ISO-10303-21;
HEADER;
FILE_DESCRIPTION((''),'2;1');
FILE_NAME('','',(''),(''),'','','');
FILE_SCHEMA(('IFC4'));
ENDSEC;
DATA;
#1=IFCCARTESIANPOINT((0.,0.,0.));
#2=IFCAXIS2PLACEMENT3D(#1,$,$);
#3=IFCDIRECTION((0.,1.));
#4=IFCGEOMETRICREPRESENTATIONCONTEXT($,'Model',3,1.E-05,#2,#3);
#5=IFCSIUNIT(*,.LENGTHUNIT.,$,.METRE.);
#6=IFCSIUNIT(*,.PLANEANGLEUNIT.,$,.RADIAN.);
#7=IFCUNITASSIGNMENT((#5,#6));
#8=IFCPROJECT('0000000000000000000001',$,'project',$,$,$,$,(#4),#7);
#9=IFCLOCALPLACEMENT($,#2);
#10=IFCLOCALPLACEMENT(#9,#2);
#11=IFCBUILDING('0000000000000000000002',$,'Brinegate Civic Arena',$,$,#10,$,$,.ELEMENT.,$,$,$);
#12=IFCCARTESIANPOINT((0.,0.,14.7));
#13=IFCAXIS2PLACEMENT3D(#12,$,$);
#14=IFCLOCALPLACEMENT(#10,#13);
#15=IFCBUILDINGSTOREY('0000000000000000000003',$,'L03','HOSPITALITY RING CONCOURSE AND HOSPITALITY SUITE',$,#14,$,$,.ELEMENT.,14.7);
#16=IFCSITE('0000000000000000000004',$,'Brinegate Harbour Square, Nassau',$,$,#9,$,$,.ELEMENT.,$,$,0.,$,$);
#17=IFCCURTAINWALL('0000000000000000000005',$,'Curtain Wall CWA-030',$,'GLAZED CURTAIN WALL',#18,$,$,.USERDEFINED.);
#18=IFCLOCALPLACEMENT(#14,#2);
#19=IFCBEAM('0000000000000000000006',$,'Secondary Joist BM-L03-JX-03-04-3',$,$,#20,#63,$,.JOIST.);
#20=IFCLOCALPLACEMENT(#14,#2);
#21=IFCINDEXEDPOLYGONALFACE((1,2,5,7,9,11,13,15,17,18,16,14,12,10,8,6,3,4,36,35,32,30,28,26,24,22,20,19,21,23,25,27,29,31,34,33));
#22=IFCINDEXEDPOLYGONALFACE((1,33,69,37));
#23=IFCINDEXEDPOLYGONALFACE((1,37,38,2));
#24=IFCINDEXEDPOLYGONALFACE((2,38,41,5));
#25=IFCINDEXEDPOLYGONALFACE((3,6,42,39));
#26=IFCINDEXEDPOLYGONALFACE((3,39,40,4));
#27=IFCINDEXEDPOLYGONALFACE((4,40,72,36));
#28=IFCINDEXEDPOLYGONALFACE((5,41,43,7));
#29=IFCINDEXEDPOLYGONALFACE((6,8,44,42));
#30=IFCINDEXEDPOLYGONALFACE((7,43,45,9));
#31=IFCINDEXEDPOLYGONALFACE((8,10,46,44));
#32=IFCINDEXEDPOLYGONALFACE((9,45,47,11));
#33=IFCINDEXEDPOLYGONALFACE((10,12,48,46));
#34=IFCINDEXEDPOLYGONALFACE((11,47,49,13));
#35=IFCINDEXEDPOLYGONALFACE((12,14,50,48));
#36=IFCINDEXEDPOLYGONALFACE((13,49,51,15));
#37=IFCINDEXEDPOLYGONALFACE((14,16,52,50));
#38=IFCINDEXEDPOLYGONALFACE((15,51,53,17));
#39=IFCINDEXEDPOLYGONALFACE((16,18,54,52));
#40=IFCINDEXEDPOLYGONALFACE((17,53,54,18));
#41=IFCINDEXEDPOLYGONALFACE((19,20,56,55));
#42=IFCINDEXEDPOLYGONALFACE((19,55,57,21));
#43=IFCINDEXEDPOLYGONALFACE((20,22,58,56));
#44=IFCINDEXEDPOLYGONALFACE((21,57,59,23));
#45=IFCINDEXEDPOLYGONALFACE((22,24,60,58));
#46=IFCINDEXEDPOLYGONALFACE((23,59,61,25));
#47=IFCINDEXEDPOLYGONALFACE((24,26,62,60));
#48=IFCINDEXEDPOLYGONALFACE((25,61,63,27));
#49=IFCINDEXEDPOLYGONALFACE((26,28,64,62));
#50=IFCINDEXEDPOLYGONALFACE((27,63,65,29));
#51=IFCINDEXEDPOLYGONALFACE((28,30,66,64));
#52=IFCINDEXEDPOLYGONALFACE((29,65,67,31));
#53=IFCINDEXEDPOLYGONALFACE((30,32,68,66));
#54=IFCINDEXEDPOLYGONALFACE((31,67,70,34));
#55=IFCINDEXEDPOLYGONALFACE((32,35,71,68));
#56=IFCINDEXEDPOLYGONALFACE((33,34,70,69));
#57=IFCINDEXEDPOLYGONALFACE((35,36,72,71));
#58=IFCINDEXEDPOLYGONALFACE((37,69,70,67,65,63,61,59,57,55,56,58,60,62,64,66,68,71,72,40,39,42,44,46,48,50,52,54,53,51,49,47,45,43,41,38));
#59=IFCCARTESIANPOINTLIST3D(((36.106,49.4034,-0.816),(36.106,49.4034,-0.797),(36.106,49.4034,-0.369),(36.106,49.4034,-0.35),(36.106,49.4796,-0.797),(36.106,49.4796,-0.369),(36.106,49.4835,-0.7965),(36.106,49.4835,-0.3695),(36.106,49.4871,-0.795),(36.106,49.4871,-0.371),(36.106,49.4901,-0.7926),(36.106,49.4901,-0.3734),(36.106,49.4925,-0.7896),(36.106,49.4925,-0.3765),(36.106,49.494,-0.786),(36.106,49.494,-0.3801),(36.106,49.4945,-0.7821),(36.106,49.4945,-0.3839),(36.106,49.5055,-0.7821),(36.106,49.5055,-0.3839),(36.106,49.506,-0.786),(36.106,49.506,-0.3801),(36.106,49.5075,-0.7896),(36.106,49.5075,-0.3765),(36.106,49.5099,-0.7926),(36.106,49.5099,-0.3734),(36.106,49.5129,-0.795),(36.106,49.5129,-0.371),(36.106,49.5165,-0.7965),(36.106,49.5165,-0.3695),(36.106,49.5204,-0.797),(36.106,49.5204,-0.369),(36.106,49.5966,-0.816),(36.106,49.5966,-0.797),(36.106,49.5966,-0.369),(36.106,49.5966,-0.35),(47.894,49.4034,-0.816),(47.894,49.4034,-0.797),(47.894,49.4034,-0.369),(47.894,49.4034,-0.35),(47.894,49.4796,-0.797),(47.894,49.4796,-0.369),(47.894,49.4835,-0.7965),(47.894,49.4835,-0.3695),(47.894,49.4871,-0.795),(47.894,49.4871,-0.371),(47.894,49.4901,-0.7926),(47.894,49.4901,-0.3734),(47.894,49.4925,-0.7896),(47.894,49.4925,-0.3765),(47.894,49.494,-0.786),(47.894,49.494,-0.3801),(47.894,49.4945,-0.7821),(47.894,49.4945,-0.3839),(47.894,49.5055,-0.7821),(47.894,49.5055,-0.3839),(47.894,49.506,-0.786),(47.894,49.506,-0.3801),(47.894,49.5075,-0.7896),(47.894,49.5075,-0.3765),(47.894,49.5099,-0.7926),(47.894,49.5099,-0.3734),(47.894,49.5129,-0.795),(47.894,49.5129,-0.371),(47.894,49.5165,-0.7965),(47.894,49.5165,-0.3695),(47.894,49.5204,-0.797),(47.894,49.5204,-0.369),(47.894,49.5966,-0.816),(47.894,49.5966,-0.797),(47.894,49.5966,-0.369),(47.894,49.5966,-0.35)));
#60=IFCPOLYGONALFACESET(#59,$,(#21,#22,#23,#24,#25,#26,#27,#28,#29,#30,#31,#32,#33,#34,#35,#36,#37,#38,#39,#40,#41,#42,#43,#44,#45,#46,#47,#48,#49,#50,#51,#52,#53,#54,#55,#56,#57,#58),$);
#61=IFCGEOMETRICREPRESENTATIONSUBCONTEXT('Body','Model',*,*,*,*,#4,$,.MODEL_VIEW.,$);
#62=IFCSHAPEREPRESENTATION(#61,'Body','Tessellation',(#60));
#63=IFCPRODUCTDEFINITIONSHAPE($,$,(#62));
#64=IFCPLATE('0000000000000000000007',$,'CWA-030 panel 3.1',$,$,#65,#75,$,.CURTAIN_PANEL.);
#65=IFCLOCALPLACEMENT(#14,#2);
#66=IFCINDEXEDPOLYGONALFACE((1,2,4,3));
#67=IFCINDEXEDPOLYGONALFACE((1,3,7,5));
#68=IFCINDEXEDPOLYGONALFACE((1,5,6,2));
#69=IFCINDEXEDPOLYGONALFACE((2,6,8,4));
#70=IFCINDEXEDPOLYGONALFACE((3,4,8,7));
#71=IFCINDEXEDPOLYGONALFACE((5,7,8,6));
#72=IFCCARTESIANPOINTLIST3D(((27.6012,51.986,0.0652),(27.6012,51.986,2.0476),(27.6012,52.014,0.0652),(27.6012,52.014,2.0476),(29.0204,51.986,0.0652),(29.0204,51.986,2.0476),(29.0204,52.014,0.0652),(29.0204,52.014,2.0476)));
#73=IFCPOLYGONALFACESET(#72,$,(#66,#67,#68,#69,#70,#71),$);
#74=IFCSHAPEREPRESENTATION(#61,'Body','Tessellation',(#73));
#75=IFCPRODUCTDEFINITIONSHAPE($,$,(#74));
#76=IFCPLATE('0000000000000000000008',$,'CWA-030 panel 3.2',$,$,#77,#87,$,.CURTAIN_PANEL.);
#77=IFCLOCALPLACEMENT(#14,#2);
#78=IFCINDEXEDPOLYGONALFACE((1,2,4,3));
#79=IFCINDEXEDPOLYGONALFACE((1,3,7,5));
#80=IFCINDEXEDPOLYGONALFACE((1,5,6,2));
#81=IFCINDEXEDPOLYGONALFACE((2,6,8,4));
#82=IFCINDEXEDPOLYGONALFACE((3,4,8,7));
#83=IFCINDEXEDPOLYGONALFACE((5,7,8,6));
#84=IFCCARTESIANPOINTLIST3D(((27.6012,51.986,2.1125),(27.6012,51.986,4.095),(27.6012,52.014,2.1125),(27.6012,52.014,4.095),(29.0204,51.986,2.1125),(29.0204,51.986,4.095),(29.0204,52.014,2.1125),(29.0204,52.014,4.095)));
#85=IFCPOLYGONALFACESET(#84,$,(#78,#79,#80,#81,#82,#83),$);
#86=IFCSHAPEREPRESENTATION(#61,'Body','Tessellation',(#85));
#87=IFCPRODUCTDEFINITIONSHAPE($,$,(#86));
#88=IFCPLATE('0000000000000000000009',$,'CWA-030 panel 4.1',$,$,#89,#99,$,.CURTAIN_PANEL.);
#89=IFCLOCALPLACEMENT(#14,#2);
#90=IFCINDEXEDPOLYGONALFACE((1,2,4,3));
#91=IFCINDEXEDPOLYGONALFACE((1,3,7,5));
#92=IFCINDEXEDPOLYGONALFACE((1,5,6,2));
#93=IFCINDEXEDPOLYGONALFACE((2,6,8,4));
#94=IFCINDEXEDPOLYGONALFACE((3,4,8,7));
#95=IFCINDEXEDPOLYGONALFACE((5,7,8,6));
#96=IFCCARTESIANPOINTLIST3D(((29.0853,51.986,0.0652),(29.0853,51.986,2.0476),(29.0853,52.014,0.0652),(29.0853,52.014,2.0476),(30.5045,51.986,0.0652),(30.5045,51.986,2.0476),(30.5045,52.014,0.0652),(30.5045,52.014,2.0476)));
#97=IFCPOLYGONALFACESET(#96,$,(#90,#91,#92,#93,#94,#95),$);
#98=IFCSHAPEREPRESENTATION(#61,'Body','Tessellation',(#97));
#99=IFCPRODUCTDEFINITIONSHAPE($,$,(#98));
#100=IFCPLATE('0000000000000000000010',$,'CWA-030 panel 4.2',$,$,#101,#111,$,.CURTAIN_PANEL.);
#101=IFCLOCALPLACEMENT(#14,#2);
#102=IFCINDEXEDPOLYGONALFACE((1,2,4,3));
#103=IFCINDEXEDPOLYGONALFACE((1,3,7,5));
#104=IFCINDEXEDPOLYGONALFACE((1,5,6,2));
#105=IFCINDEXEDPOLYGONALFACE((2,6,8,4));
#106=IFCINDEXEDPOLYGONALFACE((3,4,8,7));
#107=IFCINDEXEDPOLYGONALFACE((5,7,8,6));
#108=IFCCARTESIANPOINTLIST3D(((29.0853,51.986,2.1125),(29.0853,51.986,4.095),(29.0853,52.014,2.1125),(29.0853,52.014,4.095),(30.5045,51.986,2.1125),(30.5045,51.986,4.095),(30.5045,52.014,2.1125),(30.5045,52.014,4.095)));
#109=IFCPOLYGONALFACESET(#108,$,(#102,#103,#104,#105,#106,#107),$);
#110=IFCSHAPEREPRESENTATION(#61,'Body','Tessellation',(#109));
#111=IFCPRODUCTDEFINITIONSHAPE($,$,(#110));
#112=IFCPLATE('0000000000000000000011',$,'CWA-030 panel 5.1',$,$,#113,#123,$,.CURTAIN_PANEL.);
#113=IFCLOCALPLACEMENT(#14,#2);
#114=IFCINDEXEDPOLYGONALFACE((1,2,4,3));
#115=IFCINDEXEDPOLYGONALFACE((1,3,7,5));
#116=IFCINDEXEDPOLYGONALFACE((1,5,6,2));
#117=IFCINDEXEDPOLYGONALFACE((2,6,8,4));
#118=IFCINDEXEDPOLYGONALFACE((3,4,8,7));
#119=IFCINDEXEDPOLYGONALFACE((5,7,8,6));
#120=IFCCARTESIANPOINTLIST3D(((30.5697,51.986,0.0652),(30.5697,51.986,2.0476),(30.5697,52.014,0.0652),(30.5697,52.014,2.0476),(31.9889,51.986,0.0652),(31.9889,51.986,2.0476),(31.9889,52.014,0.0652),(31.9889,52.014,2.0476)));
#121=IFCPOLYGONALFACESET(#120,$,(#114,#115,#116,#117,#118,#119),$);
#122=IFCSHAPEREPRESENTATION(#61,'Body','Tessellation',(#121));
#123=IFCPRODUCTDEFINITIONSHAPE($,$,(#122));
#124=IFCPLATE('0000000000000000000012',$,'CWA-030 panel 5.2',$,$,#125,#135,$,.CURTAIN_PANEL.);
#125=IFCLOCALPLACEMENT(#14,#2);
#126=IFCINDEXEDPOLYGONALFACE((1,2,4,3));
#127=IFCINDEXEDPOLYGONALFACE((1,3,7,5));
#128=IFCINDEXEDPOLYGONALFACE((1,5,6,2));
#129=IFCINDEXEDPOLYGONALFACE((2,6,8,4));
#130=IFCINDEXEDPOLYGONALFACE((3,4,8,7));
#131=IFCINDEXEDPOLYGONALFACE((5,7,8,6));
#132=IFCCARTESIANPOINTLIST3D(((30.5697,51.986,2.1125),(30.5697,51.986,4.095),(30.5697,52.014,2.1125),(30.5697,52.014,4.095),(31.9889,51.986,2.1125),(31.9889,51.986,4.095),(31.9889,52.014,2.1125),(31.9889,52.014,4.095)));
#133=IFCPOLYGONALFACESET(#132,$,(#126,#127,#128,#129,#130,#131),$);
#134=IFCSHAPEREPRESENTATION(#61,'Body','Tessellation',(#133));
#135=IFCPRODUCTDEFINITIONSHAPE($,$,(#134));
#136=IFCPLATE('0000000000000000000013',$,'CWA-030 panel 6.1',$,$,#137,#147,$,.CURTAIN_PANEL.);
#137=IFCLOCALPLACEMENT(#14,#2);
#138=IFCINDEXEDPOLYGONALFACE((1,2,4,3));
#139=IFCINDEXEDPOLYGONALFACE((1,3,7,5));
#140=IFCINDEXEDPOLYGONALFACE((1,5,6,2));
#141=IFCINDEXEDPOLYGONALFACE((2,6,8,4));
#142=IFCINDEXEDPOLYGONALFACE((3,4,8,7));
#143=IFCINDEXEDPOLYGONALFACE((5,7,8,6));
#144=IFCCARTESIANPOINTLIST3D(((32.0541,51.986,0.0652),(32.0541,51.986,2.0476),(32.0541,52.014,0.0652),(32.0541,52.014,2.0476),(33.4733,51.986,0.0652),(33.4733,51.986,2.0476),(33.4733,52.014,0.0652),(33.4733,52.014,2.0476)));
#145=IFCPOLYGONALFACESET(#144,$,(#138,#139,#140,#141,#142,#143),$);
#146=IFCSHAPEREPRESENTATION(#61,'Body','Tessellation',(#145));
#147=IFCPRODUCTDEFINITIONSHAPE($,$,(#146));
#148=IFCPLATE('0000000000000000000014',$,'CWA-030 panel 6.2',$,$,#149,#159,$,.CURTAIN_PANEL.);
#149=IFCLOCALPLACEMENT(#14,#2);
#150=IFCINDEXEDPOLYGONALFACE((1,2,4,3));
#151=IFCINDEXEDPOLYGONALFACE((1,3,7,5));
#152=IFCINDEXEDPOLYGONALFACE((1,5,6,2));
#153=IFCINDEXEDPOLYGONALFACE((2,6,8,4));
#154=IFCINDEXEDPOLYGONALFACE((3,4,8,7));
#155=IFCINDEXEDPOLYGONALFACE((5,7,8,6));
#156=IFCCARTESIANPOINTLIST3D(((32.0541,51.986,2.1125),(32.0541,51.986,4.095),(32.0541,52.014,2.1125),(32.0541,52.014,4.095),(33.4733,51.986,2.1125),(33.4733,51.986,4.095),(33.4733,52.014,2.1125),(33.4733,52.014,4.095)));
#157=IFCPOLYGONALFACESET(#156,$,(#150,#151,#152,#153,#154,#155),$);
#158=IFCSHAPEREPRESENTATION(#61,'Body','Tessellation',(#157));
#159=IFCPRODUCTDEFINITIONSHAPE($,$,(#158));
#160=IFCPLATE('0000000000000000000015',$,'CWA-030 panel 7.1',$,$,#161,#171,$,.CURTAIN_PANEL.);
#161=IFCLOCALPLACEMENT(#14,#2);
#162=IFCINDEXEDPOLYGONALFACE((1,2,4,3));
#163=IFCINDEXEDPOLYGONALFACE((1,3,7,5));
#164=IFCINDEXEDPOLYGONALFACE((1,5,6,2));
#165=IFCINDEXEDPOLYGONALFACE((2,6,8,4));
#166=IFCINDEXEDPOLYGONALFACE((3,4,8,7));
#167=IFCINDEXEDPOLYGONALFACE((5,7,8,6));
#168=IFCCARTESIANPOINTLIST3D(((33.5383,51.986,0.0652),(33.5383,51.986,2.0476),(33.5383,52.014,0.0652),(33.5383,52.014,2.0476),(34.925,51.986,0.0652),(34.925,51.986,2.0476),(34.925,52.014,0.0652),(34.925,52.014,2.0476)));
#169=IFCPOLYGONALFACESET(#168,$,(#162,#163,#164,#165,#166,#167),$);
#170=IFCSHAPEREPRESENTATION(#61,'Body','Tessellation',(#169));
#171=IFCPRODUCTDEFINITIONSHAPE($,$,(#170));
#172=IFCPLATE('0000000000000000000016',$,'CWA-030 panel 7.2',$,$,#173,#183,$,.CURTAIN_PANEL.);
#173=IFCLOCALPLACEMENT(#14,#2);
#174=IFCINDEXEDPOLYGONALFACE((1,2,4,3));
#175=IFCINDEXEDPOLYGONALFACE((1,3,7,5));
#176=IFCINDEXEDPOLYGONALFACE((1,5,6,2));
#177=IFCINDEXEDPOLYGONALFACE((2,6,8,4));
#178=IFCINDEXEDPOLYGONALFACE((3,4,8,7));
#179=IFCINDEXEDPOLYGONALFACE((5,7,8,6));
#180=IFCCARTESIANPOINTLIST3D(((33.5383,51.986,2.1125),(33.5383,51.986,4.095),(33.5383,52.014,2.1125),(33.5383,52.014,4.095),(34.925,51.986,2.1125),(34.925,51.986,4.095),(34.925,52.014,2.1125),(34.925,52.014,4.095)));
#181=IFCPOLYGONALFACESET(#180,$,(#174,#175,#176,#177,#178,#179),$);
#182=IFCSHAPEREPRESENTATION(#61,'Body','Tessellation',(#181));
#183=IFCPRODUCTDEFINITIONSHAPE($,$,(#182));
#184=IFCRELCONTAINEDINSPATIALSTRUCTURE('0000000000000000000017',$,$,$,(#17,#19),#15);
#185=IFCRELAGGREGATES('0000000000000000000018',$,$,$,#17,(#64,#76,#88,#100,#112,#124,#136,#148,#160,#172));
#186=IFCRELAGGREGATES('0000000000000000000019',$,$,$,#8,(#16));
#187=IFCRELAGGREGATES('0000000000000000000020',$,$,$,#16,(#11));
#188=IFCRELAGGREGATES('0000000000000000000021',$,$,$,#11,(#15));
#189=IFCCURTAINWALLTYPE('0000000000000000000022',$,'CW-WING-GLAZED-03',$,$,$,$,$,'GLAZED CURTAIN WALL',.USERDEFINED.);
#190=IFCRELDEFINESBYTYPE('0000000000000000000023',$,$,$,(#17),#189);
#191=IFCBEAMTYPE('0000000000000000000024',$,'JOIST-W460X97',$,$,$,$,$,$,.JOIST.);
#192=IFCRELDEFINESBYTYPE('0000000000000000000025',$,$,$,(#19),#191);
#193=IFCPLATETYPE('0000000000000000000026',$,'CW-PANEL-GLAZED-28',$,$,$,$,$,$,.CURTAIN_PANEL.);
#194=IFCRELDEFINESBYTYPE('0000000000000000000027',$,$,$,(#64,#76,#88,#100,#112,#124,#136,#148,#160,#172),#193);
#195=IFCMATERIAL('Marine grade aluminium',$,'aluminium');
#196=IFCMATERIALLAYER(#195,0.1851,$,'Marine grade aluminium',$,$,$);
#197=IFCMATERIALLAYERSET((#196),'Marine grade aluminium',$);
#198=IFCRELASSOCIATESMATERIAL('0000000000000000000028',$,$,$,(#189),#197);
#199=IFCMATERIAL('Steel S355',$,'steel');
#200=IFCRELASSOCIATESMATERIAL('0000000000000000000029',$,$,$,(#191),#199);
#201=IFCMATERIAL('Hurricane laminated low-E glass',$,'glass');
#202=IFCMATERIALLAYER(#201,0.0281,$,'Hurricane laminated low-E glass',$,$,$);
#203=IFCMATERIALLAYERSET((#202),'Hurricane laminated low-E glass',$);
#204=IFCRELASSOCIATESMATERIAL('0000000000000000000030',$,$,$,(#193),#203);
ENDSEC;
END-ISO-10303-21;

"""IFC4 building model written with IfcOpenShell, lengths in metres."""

from ifc_helpers import new_model, si_unit, direction, frame, origin, origin_2d, place, context, subcontext, project, spatial, rectangle, i_section, extrude, material, layer, layer_set, material_profile, profile_set, type_object, element, aggregate, save


model = new_model("IFC4")

# Units and contexts
model_context = context("Model", 3, precision=1e-05, world=origin(), true_north=direction((0.0, 1.0)))
body_context = subcontext(model_context, "Body", "Model", "MODEL_VIEW")
ifc_project = project(units=[si_unit("LENGTHUNIT", "METRE"), si_unit("PLANEANGLEUNIT", "RADIAN")], contexts=[model_context])

# Site, building, storey
site_placement = place(None, origin())
site = spatial("IfcSite", under=ifc_project, at=site_placement, Name="Brinegate Harbour Square, Nassau", CompositionType="ELEMENT", RefElevation=0.0)
building_placement = place(site_placement, origin())
building = spatial("IfcBuilding", under=site, at=building_placement, Name="Brinegate Civic Arena", CompositionType="ELEMENT")
storey_placement = place(building_placement, frame((0.0, 0.0, 14.7)))
storey = spatial("IfcBuildingStorey", under=building, at=storey_placement, Name="L03", Description="HOSPITALITY RING CONCOURSE AND HOSPITALITY SUITE", CompositionType="ELEMENT", Elevation=14.7)

# Curtain wall
ifc_material_1 = material(Name="Marine grade aluminium", Category="aluminium")
ifc_layer_1 = layer(ifc_material_1, 0.1851, Name="Marine grade aluminium")
ifc_layer_set_1 = layer_set([ifc_layer_1], Name="Marine grade aluminium")
curtain_wall_type = type_object("IfcCurtainWallType", Name="CW-WING-GLAZED-03", ElementType="GLAZED CURTAIN WALL", PredefinedType="USERDEFINED", material=ifc_layer_set_1)
curtain_wall_1_placement = place(storey_placement, origin())
curtain_wall_1 = element("IfcCurtainWall", 1, at=curtain_wall_1_placement, inside=storey, type_object=curtain_wall_type, Name="Curtain Wall CWA-030", ObjectType="GLAZED CURTAIN WALL", PredefinedType="USERDEFINED")

# Beam
ifc_material_2 = material(Name="Steel S355", Category="steel")
ifc_material_profile_1 = material_profile(ifc_material_2, i_section(OverallWidth=0.1931, OverallDepth=0.4661, WebThickness=0.011, FlangeThickness=0.019, FilletRadius=0.0149, at=origin_2d()), Name="W460X97")
ifc_profile_set_1 = profile_set([ifc_material_profile_1], Name="Steel S355")
beam_type_1 = type_object("IfcBeamType", Name="JOIST-W460X97", PredefinedType="JOIST", material=ifc_profile_set_1)
beam_1_placement = place(storey_placement, frame((36.106, 49.5, -0.583), z_axis=(1.0, 0.0, 0.0), x_axis=(0.0, 1.0, 0.0)))
element("IfcBeam", 2, at=beam_1_placement, inside=storey, type_object=beam_type_1, Name="Secondary Joist BM-L03-JX-03-04-3", PredefinedType="JOIST", context=body_context, shape_type="SweptSolid", body=[
    extrude(i_section(OverallWidth=0.1931, OverallDepth=0.4661, WebThickness=0.011, FlangeThickness=0.019, FilletRadius=0.0149, at=origin_2d()), origin(), (0.0, 0.0, 1.0), 11.7881),
])

# Plates
ifc_material_3 = material(Name="Hurricane laminated low-E glass", Category="glass")
ifc_layer_2 = layer(ifc_material_3, 0.0281, Name="Hurricane laminated low-E glass")
ifc_layer_set_2 = layer_set([ifc_layer_2], Name="Hurricane laminated low-E glass")
plate_type = type_object("IfcPlateType", Name="CW-PANEL-GLAZED-28", PredefinedType="CURTAIN_PANEL", material=ifc_layer_set_2)
plate_1_placement = place(storey_placement, frame((28.3108, 52.0, 0.0652), z_axis=(0.0, 0.0, 1.0), x_axis=(1.0, 0.0, 0.0)))
plate_1 = element("IfcPlate", 3, at=plate_1_placement, type_object=plate_type, Name="CWA-030 panel 3.1", PredefinedType="CURTAIN_PANEL", context=body_context, shape_type="SweptSolid", body=[
    extrude(rectangle(XDim=1.4192, YDim=0.0281, at=origin_2d()), origin(), (0.0, 0.0, 1.0), 1.9824),
])
plate_2_placement = place(storey_placement, frame((28.3108, 52.0, 2.1125), z_axis=(0.0, 0.0, 1.0), x_axis=(1.0, 0.0, 0.0)))
plate_2 = element("IfcPlate", 4, at=plate_2_placement, type_object=plate_type, Name="CWA-030 panel 3.2", PredefinedType="CURTAIN_PANEL", context=body_context, shape_type="SweptSolid", body=[
    extrude(rectangle(XDim=1.4192, YDim=0.0281, at=origin_2d()), origin(), (0.0, 0.0, 1.0), 1.9824),
])
plate_3_placement = place(storey_placement, frame((29.7949, 52.0, 0.0652), z_axis=(0.0, 0.0, 1.0), x_axis=(1.0, 0.0, 0.0)))
plate_3 = element("IfcPlate", 5, at=plate_3_placement, type_object=plate_type, Name="CWA-030 panel 4.1", PredefinedType="CURTAIN_PANEL", context=body_context, shape_type="SweptSolid", body=[
    extrude(rectangle(XDim=1.4192, YDim=0.0281, at=origin_2d()), origin(), (0.0, 0.0, 1.0), 1.9824),
])
plate_4_placement = place(storey_placement, frame((29.7949, 52.0, 2.1125), z_axis=(0.0, 0.0, 1.0), x_axis=(1.0, 0.0, 0.0)))
plate_4 = element("IfcPlate", 6, at=plate_4_placement, type_object=plate_type, Name="CWA-030 panel 4.2", PredefinedType="CURTAIN_PANEL", context=body_context, shape_type="SweptSolid", body=[
    extrude(rectangle(XDim=1.4192, YDim=0.0281, at=origin_2d()), origin(), (0.0, 0.0, 1.0), 1.9824),
])
plate_5_placement = place(storey_placement, frame((31.2793, 52.0, 0.0652), z_axis=(0.0, 0.0, 1.0), x_axis=(1.0, 0.0, 0.0)))
plate_5 = element("IfcPlate", 7, at=plate_5_placement, type_object=plate_type, Name="CWA-030 panel 5.1", PredefinedType="CURTAIN_PANEL", context=body_context, shape_type="SweptSolid", body=[
    extrude(rectangle(XDim=1.4192, YDim=0.0281, at=origin_2d()), origin(), (0.0, 0.0, 1.0), 1.9824),
])
plate_6_placement = place(storey_placement, frame((31.2793, 52.0, 2.1125), z_axis=(0.0, 0.0, 1.0), x_axis=(1.0, 0.0, 0.0)))
plate_6 = element("IfcPlate", 8, at=plate_6_placement, type_object=plate_type, Name="CWA-030 panel 5.2", PredefinedType="CURTAIN_PANEL", context=body_context, shape_type="SweptSolid", body=[
    extrude(rectangle(XDim=1.4192, YDim=0.0281, at=origin_2d()), origin(), (0.0, 0.0, 1.0), 1.9824),
])
plate_7_placement = place(storey_placement, frame((32.7637, 52.0, 0.0652), z_axis=(0.0, 0.0, 1.0), x_axis=(1.0, 0.0, 0.0)))
plate_7 = element("IfcPlate", 9, at=plate_7_placement, type_object=plate_type, Name="CWA-030 panel 6.1", PredefinedType="CURTAIN_PANEL", context=body_context, shape_type="SweptSolid", body=[
    extrude(rectangle(XDim=1.4192, YDim=0.0281, at=origin_2d()), origin(), (0.0, 0.0, 1.0), 1.9824),
])
plate_8_placement = place(storey_placement, frame((32.7637, 52.0, 2.1125), z_axis=(0.0, 0.0, 1.0), x_axis=(1.0, 0.0, 0.0)))
plate_8 = element("IfcPlate", 10, at=plate_8_placement, type_object=plate_type, Name="CWA-030 panel 6.2", PredefinedType="CURTAIN_PANEL", context=body_context, shape_type="SweptSolid", body=[
    extrude(rectangle(XDim=1.4192, YDim=0.0281, at=origin_2d()), origin(), (0.0, 0.0, 1.0), 1.9824),
])
plate_9_placement = place(storey_placement, frame((34.2317, 52.0, 0.0652), z_axis=(0.0, 0.0, 1.0), x_axis=(1.0, 0.0, 0.0)))
plate_9 = element("IfcPlate", 11, at=plate_9_placement, type_object=plate_type, Name="CWA-030 panel 7.1", PredefinedType="CURTAIN_PANEL", context=body_context, shape_type="SweptSolid", body=[
    extrude(rectangle(XDim=1.3867, YDim=0.0281, at=origin_2d()), origin(), (0.0, 0.0, 1.0), 1.9824),
])
plate_10_placement = place(storey_placement, frame((34.2317, 52.0, 2.1125), z_axis=(0.0, 0.0, 1.0), x_axis=(1.0, 0.0, 0.0)))
plate_10 = element("IfcPlate", 12, at=plate_10_placement, type_object=plate_type, Name="CWA-030 panel 7.2", PredefinedType="CURTAIN_PANEL", context=body_context, shape_type="SweptSolid", body=[
    extrude(rectangle(XDim=1.3867, YDim=0.0281, at=origin_2d()), origin(), (0.0, 0.0, 1.0), 1.9824),
])
aggregate(curtain_wall_1, [plate_1, plate_2, plate_3, plate_4, plate_5, plate_6, plate_7, plate_8, plate_9, plate_10])

save(model, "model.ifc")
